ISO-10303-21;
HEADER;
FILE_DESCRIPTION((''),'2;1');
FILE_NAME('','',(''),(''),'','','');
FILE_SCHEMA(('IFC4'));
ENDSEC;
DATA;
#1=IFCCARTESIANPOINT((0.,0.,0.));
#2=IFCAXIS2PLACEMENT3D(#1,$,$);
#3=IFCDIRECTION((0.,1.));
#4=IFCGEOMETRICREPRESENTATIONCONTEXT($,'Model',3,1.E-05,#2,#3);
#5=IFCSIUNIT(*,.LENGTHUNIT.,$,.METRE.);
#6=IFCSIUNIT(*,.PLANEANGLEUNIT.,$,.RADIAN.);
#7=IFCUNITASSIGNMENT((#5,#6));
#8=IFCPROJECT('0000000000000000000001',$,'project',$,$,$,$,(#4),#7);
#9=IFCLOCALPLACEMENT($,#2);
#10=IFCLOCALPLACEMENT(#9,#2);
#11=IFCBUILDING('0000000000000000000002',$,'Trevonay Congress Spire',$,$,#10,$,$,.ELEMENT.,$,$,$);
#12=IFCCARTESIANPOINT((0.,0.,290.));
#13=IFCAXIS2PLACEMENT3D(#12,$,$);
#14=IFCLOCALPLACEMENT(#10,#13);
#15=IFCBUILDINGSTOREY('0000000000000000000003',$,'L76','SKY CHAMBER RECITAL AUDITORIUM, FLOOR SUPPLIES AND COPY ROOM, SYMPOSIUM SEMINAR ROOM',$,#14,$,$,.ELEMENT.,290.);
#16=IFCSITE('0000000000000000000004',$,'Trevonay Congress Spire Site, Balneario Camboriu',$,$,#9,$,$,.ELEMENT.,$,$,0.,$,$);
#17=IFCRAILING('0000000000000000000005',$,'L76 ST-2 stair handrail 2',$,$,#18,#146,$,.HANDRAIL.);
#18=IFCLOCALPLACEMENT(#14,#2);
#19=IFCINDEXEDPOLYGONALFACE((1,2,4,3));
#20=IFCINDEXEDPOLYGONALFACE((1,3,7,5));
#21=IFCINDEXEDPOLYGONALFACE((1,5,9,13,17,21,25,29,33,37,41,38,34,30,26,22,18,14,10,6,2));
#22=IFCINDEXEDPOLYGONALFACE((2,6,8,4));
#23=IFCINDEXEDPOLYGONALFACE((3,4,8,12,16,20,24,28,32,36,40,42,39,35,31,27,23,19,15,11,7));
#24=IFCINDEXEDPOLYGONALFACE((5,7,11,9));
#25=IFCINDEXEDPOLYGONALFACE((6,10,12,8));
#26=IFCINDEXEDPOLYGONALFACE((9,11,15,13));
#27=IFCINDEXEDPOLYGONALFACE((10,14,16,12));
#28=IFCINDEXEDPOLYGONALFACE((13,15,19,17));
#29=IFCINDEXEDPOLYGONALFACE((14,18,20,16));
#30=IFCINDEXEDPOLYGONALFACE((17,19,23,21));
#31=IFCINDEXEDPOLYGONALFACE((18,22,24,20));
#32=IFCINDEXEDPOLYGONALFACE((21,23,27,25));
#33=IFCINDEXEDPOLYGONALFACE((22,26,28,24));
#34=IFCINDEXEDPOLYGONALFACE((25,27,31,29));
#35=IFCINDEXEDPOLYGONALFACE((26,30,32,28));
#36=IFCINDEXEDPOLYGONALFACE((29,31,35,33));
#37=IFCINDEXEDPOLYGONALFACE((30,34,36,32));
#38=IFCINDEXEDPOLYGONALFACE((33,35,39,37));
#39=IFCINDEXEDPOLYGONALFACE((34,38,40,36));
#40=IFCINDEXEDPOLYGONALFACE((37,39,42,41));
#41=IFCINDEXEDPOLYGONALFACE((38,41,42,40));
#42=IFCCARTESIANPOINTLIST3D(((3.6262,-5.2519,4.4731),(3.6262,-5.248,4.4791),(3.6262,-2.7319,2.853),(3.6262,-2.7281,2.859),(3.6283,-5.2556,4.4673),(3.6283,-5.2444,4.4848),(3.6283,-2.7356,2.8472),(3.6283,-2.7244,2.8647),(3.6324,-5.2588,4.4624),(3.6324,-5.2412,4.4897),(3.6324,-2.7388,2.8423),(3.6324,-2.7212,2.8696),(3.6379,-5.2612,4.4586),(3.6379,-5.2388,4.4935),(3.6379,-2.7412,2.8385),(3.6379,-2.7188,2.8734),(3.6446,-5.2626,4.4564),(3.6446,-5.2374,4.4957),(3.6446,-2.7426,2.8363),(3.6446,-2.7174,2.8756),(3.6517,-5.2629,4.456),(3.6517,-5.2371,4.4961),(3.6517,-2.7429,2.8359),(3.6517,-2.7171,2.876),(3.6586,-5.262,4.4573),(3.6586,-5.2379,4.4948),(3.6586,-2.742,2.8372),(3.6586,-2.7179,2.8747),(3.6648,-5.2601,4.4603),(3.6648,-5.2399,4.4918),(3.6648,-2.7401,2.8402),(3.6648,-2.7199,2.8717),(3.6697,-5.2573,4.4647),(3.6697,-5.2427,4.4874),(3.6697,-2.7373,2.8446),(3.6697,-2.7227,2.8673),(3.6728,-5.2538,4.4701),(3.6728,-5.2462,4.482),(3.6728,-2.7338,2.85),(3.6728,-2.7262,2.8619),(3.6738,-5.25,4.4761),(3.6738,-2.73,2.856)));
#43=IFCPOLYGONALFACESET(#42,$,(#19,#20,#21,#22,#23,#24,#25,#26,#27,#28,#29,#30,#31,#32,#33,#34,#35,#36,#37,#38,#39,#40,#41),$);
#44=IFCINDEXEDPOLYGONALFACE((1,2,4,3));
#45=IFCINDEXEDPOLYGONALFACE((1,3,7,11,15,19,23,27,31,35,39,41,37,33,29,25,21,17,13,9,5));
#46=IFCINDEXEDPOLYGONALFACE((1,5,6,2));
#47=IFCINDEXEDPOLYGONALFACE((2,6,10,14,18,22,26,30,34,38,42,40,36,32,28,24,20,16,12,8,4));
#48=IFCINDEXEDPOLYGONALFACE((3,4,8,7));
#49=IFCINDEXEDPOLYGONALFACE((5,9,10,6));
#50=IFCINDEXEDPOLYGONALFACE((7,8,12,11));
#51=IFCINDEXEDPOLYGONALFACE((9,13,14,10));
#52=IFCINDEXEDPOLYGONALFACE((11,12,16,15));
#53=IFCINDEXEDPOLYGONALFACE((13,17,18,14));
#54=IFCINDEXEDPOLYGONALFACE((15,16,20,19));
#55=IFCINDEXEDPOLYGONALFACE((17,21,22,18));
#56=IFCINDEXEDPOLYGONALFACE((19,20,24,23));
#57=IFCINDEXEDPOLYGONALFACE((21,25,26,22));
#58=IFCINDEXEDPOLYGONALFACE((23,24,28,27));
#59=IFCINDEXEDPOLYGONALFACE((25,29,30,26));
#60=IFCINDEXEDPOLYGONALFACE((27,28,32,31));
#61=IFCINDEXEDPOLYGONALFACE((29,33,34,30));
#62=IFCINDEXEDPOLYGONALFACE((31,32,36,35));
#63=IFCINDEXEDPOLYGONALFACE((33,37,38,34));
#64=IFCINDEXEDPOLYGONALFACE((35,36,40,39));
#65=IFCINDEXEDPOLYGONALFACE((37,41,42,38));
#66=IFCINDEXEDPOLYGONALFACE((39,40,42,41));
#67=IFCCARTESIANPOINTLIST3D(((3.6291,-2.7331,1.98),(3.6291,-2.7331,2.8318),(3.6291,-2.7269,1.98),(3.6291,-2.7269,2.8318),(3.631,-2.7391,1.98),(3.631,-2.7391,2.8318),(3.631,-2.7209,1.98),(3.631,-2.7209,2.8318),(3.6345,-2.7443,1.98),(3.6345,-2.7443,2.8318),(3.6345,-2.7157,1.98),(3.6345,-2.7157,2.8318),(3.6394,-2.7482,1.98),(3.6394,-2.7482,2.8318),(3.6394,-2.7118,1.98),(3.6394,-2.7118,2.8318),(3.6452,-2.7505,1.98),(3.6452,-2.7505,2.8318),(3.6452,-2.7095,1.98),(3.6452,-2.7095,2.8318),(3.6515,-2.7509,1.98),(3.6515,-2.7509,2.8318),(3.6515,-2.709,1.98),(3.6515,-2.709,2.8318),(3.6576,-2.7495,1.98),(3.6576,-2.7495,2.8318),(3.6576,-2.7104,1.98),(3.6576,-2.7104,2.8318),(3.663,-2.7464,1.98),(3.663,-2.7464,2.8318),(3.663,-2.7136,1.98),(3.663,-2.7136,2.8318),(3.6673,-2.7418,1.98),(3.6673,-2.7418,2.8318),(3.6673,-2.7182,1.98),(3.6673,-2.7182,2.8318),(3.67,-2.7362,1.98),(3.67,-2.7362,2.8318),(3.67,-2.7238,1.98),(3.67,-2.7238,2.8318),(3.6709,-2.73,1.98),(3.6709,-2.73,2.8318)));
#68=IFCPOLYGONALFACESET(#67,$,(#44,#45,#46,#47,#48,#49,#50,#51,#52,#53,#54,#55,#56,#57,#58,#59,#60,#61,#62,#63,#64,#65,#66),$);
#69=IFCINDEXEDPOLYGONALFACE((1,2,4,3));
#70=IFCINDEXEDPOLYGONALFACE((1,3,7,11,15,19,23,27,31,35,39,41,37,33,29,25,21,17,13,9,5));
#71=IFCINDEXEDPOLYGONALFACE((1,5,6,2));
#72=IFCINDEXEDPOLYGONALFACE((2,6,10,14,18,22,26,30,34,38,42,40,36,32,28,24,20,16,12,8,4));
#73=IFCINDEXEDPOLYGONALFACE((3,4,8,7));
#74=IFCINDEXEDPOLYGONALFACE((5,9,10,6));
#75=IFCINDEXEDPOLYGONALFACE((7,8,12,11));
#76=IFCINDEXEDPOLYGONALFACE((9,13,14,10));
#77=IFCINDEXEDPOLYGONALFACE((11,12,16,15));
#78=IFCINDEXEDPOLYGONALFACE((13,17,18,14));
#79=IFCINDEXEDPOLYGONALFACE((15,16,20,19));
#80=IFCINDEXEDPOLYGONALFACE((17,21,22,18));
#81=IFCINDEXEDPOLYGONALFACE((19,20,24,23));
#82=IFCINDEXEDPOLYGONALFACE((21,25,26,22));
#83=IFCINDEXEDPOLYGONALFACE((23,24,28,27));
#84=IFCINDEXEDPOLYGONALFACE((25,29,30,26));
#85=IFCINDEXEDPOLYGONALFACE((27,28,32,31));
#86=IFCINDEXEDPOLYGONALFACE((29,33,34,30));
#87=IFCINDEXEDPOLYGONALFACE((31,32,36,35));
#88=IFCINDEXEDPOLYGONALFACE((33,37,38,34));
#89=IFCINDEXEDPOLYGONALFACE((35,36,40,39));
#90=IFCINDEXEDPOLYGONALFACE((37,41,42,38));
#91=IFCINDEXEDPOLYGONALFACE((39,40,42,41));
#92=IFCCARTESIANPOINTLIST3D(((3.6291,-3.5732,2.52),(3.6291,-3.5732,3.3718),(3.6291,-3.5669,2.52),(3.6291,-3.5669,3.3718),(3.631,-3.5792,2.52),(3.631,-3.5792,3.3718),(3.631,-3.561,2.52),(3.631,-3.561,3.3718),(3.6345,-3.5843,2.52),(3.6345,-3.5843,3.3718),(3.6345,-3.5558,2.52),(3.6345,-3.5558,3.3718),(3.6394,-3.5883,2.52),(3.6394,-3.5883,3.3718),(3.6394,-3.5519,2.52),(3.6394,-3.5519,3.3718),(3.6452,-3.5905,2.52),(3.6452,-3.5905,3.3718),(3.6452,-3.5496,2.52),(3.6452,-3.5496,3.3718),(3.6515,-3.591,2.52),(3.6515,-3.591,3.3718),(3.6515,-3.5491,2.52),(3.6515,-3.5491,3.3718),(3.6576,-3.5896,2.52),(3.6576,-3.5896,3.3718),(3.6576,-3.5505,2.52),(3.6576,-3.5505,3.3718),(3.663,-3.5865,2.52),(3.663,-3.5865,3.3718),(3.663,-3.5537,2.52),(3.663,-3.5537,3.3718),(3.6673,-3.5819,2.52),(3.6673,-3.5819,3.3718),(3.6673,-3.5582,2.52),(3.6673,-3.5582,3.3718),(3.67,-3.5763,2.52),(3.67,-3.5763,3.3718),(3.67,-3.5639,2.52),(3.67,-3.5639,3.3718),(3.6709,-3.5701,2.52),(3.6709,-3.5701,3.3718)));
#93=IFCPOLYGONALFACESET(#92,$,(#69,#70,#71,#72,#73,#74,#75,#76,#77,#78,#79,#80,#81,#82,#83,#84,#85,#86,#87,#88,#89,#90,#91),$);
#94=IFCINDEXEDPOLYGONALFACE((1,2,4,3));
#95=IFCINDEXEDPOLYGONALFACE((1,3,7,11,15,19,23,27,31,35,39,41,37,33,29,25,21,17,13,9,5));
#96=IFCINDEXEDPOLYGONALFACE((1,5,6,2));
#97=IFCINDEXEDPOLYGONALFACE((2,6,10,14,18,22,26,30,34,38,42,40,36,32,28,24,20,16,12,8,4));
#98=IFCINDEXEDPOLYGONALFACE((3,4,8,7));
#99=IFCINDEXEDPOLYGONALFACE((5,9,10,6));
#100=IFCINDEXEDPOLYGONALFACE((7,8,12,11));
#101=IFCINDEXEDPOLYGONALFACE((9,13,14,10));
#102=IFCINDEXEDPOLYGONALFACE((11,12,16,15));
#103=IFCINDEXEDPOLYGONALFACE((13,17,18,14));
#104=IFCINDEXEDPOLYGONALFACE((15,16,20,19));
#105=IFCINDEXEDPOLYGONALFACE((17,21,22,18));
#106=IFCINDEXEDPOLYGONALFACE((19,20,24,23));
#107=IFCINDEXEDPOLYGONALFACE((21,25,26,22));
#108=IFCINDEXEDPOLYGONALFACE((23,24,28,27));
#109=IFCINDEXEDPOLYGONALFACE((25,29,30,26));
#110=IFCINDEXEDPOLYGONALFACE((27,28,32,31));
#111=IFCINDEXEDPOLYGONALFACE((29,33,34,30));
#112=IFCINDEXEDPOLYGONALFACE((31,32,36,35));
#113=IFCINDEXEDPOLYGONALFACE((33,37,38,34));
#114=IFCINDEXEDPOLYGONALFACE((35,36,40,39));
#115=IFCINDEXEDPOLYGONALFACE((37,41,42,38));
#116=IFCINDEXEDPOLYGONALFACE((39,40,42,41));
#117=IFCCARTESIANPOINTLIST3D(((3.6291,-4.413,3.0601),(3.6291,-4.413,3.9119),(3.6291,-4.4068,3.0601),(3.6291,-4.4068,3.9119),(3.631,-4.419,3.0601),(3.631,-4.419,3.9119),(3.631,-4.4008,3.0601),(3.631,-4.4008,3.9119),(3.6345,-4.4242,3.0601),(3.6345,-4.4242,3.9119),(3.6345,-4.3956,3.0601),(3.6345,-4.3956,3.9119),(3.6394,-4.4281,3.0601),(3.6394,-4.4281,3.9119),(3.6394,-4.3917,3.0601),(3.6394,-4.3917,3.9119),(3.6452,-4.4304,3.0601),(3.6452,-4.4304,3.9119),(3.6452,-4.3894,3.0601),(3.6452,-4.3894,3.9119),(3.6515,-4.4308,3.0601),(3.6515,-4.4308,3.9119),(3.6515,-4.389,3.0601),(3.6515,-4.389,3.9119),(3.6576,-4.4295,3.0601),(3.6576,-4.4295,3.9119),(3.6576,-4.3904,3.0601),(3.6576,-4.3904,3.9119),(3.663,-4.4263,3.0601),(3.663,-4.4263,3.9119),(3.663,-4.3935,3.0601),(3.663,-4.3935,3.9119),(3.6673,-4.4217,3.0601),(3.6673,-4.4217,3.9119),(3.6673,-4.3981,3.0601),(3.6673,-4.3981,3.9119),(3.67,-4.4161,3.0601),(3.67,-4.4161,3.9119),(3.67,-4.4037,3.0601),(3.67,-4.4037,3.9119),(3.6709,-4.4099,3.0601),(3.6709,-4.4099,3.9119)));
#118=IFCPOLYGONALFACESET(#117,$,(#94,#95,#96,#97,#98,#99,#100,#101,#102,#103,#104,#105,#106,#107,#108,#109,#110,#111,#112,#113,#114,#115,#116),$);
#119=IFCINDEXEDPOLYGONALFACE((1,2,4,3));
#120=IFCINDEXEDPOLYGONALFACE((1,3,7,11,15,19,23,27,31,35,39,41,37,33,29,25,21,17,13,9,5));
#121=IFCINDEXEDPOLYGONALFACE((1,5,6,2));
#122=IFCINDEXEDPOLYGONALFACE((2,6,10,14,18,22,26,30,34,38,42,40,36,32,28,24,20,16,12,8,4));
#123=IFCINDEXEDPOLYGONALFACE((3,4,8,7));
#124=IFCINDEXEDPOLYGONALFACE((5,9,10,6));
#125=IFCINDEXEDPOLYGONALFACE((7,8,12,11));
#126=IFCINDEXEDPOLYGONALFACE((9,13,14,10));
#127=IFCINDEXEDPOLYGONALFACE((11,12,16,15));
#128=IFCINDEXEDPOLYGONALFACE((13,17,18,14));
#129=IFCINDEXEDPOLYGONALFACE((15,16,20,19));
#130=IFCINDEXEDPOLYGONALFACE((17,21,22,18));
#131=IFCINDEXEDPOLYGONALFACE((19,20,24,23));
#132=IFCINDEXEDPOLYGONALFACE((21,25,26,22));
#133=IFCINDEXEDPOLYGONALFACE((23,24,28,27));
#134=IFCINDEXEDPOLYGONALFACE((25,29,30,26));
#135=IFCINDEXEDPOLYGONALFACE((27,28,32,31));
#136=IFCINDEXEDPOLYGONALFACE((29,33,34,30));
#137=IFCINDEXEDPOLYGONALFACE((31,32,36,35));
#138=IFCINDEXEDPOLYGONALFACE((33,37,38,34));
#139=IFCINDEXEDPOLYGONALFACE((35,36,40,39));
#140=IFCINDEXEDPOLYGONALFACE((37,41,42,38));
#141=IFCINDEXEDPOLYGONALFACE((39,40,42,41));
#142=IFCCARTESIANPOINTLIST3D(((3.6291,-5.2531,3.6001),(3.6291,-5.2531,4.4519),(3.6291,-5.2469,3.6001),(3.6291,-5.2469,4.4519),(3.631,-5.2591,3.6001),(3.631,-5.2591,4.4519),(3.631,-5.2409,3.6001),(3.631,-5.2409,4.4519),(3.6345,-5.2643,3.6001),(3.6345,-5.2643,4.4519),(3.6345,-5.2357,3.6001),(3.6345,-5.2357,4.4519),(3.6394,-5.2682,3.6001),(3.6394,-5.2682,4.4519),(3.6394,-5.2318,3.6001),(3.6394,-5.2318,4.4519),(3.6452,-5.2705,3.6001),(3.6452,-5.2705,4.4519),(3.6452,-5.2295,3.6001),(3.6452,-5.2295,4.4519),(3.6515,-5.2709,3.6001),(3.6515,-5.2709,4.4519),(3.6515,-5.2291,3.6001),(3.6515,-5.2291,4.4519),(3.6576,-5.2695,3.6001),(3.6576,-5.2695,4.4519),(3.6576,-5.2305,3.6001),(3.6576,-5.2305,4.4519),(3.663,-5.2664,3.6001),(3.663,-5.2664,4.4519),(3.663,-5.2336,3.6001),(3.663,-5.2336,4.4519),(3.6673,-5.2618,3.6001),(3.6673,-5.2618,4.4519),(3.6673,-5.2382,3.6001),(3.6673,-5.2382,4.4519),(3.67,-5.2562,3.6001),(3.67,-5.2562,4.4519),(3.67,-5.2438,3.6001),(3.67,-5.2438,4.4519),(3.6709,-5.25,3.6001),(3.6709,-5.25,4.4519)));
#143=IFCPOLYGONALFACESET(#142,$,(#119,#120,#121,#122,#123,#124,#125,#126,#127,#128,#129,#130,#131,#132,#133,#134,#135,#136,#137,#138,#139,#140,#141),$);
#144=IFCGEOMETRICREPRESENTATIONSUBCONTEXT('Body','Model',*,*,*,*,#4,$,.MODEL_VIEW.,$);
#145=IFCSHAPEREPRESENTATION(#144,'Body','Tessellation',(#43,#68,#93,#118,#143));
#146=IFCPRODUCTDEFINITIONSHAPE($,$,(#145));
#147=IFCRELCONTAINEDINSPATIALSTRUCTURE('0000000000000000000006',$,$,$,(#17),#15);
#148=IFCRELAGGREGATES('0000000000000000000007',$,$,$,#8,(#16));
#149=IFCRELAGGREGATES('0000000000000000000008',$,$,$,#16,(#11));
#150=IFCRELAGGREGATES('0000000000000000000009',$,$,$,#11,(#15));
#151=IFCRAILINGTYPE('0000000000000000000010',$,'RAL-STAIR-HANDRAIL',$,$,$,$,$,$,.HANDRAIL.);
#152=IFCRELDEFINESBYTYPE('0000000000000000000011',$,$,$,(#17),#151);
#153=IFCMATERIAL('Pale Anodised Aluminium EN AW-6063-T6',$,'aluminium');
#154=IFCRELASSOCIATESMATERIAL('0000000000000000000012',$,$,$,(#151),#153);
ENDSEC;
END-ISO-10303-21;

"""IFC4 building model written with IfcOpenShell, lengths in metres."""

from ifc_helpers import new_model, si_unit, direction, frame, origin, origin_2d, place, context, subcontext, project, spatial, circle, extrude, material, type_object, element, save


model = new_model("IFC4")

# Units and contexts
model_context = context("Model", 3, precision=1e-05, world=origin(), true_north=direction((0.0, 1.0)))
body_context = subcontext(model_context, "Body", "Model", "MODEL_VIEW")
ifc_project = project(units=[si_unit("LENGTHUNIT", "METRE"), si_unit("PLANEANGLEUNIT", "RADIAN")], contexts=[model_context])

# Site, building, storey
site_placement = place(None, origin())
site = spatial("IfcSite", under=ifc_project, at=site_placement, Name="Trevonay Congress Spire Site, Balneario Camboriu", CompositionType="ELEMENT", RefElevation=0.0)
building_placement = place(site_placement, origin())
building = spatial("IfcBuilding", under=site, at=building_placement, Name="Trevonay Congress Spire", CompositionType="ELEMENT")
storey_placement = place(building_placement, frame((0.0, 0.0, 290.0)))
storey = spatial("IfcBuildingStorey", under=building, at=storey_placement, Name="L76", Description="SKY CHAMBER RECITAL AUDITORIUM, FLOOR SUPPLIES AND COPY ROOM, SYMPOSIUM SEMINAR ROOM", CompositionType="ELEMENT", Elevation=290.0)

# Shared definitions
ifc_material_1 = material(Name="Pale Anodised Aluminium EN AW-6063-T6", Category="aluminium")

# Railing
railing_type_1 = type_object("IfcRailingType", Name="RAL-STAIR-HANDRAIL", PredefinedType="HANDRAIL", material=ifc_material_1)
railing_1_placement = place(storey_placement, frame((3.6499, -2.73, 1.98)))
element("IfcRailing", 1, at=railing_1_placement, inside=storey, type_object=railing_type_1, Name="L76 ST-2 stair handrail 2", PredefinedType="HANDRAIL", context=body_context, shape_type="SweptSolid", body=[
    extrude(circle(Radius=0.0239, at=origin_2d()), frame((0.0, 0.0, 0.876), z_axis=(0.0, -0.841163, 0.540782), x_axis=(1.0, 0.0, 0.0)), (0.0, 0.0, 1.0), 2.9958),
    extrude(circle(Radius=0.021, at=origin_2d()), origin(), (0.0, 0.0, 1.0), 0.8518),
    extrude(circle(Radius=0.021, at=origin_2d()), frame((0.0, -0.8401, 0.54)), (0.0, 0.0, 1.0), 0.8518),
    extrude(circle(Radius=0.021, at=origin_2d()), frame((0.0, -1.6799, 1.0801)), (0.0, 0.0, 1.0), 0.8518),
    extrude(circle(Radius=0.021, at=origin_2d()), frame((0.0, -2.52, 1.6201)), (0.0, 0.0, 1.0), 0.8518),
])

save(model, "model.ifc")
